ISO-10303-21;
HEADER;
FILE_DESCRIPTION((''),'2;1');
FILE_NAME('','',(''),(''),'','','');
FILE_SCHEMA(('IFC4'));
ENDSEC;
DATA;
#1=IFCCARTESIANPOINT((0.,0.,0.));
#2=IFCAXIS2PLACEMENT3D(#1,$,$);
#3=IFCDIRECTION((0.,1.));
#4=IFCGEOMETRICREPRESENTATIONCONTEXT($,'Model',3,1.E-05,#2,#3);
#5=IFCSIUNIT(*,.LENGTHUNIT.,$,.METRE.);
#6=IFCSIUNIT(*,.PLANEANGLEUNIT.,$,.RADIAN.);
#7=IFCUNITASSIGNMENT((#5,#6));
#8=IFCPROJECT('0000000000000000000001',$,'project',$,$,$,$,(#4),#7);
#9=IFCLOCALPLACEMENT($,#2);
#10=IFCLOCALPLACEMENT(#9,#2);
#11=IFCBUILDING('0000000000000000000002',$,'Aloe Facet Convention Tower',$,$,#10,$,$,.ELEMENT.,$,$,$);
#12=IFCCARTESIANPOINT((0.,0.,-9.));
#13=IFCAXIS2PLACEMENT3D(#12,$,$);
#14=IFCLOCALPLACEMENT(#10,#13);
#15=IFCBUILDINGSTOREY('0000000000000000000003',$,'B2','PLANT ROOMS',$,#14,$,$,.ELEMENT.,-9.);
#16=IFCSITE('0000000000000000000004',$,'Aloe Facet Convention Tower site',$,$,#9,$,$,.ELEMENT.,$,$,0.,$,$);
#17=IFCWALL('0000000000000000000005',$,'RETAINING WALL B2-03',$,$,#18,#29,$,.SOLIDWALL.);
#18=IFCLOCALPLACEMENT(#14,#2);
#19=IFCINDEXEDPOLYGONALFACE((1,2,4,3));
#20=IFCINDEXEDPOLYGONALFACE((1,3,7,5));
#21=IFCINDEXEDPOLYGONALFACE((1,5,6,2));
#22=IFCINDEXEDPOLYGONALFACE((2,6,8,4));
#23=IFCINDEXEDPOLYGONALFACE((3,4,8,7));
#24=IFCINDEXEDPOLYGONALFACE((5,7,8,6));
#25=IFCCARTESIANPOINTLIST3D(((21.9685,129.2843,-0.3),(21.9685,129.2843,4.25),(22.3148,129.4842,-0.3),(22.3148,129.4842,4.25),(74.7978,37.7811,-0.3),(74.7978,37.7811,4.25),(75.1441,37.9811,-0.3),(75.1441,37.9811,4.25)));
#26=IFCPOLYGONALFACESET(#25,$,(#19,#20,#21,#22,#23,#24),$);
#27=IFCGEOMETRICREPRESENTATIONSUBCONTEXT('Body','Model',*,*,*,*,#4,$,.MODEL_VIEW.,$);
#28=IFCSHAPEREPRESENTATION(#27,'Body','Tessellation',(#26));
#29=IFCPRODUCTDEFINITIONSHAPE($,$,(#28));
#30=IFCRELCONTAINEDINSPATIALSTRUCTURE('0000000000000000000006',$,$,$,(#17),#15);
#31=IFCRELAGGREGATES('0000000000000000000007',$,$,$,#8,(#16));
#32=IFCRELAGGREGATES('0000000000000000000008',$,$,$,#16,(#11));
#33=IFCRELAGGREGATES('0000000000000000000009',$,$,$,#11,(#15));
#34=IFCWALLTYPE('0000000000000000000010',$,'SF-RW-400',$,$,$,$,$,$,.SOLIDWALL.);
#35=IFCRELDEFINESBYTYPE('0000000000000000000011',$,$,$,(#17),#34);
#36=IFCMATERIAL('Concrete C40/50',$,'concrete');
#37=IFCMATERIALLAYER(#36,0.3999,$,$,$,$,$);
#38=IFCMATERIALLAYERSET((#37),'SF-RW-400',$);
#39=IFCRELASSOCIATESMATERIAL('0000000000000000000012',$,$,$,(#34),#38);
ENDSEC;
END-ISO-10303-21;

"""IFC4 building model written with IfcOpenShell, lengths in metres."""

from ifc_helpers import new_model, si_unit, direction, frame, frame_2d, origin, place, context, subcontext, project, spatial, rectangle, extrude, material, layer, layer_set, type_object, element, save


model = new_model("IFC4")

# Units and contexts
model_context = context("Model", 3, precision=1e-05, world=origin(), true_north=direction((0.0, 1.0)))
body_context = subcontext(model_context, "Body", "Model", "MODEL_VIEW")
ifc_project = project(units=[si_unit("LENGTHUNIT", "METRE"), si_unit("PLANEANGLEUNIT", "RADIAN")], contexts=[model_context])

# Site, building, storey
site_placement = place(None, origin())
site = spatial("IfcSite", under=ifc_project, at=site_placement, Name="Aloe Facet Convention Tower site", CompositionType="ELEMENT", RefElevation=0.0)
building_placement = place(site_placement, origin())
building = spatial("IfcBuilding", under=site, at=building_placement, Name="Aloe Facet Convention Tower", CompositionType="ELEMENT")
storey_placement = place(building_placement, frame((0.0, 0.0, -9.0)))
storey = spatial("IfcBuildingStorey", under=building, at=storey_placement, Name="B2", Description="PLANT ROOMS", CompositionType="ELEMENT", Elevation=-9.0)

# Wall
ifc_material_1 = material(Name="Concrete C40/50", Category="concrete")
ifc_layer = layer(ifc_material_1, 0.3999)
ifc_layer_set = layer_set([ifc_layer], Name="SF-RW-400")
wall_type = type_object("IfcWallType", Name="SF-RW-400", PredefinedType="SOLIDWALL", material=ifc_layer_set)
wall_placement = place(storey_placement, frame((74.9709, 37.8811, -0.3), z_axis=(0.0, 0.0, 1.0), x_axis=(-0.5, 0.866026, 0.0)))
element("IfcWall", 1, at=wall_placement, inside=storey, type_object=wall_type, Name="RETAINING WALL B2-03", PredefinedType="SOLIDWALL", context=body_context, shape_type="SweptSolid", body=[
    extrude(rectangle(XDim=105.6587, YDim=0.3999, at=frame_2d((52.8293, 0.0))), origin(), (0.0, 0.0, 1.0), 4.55),
])

save(model, "model.ifc")
